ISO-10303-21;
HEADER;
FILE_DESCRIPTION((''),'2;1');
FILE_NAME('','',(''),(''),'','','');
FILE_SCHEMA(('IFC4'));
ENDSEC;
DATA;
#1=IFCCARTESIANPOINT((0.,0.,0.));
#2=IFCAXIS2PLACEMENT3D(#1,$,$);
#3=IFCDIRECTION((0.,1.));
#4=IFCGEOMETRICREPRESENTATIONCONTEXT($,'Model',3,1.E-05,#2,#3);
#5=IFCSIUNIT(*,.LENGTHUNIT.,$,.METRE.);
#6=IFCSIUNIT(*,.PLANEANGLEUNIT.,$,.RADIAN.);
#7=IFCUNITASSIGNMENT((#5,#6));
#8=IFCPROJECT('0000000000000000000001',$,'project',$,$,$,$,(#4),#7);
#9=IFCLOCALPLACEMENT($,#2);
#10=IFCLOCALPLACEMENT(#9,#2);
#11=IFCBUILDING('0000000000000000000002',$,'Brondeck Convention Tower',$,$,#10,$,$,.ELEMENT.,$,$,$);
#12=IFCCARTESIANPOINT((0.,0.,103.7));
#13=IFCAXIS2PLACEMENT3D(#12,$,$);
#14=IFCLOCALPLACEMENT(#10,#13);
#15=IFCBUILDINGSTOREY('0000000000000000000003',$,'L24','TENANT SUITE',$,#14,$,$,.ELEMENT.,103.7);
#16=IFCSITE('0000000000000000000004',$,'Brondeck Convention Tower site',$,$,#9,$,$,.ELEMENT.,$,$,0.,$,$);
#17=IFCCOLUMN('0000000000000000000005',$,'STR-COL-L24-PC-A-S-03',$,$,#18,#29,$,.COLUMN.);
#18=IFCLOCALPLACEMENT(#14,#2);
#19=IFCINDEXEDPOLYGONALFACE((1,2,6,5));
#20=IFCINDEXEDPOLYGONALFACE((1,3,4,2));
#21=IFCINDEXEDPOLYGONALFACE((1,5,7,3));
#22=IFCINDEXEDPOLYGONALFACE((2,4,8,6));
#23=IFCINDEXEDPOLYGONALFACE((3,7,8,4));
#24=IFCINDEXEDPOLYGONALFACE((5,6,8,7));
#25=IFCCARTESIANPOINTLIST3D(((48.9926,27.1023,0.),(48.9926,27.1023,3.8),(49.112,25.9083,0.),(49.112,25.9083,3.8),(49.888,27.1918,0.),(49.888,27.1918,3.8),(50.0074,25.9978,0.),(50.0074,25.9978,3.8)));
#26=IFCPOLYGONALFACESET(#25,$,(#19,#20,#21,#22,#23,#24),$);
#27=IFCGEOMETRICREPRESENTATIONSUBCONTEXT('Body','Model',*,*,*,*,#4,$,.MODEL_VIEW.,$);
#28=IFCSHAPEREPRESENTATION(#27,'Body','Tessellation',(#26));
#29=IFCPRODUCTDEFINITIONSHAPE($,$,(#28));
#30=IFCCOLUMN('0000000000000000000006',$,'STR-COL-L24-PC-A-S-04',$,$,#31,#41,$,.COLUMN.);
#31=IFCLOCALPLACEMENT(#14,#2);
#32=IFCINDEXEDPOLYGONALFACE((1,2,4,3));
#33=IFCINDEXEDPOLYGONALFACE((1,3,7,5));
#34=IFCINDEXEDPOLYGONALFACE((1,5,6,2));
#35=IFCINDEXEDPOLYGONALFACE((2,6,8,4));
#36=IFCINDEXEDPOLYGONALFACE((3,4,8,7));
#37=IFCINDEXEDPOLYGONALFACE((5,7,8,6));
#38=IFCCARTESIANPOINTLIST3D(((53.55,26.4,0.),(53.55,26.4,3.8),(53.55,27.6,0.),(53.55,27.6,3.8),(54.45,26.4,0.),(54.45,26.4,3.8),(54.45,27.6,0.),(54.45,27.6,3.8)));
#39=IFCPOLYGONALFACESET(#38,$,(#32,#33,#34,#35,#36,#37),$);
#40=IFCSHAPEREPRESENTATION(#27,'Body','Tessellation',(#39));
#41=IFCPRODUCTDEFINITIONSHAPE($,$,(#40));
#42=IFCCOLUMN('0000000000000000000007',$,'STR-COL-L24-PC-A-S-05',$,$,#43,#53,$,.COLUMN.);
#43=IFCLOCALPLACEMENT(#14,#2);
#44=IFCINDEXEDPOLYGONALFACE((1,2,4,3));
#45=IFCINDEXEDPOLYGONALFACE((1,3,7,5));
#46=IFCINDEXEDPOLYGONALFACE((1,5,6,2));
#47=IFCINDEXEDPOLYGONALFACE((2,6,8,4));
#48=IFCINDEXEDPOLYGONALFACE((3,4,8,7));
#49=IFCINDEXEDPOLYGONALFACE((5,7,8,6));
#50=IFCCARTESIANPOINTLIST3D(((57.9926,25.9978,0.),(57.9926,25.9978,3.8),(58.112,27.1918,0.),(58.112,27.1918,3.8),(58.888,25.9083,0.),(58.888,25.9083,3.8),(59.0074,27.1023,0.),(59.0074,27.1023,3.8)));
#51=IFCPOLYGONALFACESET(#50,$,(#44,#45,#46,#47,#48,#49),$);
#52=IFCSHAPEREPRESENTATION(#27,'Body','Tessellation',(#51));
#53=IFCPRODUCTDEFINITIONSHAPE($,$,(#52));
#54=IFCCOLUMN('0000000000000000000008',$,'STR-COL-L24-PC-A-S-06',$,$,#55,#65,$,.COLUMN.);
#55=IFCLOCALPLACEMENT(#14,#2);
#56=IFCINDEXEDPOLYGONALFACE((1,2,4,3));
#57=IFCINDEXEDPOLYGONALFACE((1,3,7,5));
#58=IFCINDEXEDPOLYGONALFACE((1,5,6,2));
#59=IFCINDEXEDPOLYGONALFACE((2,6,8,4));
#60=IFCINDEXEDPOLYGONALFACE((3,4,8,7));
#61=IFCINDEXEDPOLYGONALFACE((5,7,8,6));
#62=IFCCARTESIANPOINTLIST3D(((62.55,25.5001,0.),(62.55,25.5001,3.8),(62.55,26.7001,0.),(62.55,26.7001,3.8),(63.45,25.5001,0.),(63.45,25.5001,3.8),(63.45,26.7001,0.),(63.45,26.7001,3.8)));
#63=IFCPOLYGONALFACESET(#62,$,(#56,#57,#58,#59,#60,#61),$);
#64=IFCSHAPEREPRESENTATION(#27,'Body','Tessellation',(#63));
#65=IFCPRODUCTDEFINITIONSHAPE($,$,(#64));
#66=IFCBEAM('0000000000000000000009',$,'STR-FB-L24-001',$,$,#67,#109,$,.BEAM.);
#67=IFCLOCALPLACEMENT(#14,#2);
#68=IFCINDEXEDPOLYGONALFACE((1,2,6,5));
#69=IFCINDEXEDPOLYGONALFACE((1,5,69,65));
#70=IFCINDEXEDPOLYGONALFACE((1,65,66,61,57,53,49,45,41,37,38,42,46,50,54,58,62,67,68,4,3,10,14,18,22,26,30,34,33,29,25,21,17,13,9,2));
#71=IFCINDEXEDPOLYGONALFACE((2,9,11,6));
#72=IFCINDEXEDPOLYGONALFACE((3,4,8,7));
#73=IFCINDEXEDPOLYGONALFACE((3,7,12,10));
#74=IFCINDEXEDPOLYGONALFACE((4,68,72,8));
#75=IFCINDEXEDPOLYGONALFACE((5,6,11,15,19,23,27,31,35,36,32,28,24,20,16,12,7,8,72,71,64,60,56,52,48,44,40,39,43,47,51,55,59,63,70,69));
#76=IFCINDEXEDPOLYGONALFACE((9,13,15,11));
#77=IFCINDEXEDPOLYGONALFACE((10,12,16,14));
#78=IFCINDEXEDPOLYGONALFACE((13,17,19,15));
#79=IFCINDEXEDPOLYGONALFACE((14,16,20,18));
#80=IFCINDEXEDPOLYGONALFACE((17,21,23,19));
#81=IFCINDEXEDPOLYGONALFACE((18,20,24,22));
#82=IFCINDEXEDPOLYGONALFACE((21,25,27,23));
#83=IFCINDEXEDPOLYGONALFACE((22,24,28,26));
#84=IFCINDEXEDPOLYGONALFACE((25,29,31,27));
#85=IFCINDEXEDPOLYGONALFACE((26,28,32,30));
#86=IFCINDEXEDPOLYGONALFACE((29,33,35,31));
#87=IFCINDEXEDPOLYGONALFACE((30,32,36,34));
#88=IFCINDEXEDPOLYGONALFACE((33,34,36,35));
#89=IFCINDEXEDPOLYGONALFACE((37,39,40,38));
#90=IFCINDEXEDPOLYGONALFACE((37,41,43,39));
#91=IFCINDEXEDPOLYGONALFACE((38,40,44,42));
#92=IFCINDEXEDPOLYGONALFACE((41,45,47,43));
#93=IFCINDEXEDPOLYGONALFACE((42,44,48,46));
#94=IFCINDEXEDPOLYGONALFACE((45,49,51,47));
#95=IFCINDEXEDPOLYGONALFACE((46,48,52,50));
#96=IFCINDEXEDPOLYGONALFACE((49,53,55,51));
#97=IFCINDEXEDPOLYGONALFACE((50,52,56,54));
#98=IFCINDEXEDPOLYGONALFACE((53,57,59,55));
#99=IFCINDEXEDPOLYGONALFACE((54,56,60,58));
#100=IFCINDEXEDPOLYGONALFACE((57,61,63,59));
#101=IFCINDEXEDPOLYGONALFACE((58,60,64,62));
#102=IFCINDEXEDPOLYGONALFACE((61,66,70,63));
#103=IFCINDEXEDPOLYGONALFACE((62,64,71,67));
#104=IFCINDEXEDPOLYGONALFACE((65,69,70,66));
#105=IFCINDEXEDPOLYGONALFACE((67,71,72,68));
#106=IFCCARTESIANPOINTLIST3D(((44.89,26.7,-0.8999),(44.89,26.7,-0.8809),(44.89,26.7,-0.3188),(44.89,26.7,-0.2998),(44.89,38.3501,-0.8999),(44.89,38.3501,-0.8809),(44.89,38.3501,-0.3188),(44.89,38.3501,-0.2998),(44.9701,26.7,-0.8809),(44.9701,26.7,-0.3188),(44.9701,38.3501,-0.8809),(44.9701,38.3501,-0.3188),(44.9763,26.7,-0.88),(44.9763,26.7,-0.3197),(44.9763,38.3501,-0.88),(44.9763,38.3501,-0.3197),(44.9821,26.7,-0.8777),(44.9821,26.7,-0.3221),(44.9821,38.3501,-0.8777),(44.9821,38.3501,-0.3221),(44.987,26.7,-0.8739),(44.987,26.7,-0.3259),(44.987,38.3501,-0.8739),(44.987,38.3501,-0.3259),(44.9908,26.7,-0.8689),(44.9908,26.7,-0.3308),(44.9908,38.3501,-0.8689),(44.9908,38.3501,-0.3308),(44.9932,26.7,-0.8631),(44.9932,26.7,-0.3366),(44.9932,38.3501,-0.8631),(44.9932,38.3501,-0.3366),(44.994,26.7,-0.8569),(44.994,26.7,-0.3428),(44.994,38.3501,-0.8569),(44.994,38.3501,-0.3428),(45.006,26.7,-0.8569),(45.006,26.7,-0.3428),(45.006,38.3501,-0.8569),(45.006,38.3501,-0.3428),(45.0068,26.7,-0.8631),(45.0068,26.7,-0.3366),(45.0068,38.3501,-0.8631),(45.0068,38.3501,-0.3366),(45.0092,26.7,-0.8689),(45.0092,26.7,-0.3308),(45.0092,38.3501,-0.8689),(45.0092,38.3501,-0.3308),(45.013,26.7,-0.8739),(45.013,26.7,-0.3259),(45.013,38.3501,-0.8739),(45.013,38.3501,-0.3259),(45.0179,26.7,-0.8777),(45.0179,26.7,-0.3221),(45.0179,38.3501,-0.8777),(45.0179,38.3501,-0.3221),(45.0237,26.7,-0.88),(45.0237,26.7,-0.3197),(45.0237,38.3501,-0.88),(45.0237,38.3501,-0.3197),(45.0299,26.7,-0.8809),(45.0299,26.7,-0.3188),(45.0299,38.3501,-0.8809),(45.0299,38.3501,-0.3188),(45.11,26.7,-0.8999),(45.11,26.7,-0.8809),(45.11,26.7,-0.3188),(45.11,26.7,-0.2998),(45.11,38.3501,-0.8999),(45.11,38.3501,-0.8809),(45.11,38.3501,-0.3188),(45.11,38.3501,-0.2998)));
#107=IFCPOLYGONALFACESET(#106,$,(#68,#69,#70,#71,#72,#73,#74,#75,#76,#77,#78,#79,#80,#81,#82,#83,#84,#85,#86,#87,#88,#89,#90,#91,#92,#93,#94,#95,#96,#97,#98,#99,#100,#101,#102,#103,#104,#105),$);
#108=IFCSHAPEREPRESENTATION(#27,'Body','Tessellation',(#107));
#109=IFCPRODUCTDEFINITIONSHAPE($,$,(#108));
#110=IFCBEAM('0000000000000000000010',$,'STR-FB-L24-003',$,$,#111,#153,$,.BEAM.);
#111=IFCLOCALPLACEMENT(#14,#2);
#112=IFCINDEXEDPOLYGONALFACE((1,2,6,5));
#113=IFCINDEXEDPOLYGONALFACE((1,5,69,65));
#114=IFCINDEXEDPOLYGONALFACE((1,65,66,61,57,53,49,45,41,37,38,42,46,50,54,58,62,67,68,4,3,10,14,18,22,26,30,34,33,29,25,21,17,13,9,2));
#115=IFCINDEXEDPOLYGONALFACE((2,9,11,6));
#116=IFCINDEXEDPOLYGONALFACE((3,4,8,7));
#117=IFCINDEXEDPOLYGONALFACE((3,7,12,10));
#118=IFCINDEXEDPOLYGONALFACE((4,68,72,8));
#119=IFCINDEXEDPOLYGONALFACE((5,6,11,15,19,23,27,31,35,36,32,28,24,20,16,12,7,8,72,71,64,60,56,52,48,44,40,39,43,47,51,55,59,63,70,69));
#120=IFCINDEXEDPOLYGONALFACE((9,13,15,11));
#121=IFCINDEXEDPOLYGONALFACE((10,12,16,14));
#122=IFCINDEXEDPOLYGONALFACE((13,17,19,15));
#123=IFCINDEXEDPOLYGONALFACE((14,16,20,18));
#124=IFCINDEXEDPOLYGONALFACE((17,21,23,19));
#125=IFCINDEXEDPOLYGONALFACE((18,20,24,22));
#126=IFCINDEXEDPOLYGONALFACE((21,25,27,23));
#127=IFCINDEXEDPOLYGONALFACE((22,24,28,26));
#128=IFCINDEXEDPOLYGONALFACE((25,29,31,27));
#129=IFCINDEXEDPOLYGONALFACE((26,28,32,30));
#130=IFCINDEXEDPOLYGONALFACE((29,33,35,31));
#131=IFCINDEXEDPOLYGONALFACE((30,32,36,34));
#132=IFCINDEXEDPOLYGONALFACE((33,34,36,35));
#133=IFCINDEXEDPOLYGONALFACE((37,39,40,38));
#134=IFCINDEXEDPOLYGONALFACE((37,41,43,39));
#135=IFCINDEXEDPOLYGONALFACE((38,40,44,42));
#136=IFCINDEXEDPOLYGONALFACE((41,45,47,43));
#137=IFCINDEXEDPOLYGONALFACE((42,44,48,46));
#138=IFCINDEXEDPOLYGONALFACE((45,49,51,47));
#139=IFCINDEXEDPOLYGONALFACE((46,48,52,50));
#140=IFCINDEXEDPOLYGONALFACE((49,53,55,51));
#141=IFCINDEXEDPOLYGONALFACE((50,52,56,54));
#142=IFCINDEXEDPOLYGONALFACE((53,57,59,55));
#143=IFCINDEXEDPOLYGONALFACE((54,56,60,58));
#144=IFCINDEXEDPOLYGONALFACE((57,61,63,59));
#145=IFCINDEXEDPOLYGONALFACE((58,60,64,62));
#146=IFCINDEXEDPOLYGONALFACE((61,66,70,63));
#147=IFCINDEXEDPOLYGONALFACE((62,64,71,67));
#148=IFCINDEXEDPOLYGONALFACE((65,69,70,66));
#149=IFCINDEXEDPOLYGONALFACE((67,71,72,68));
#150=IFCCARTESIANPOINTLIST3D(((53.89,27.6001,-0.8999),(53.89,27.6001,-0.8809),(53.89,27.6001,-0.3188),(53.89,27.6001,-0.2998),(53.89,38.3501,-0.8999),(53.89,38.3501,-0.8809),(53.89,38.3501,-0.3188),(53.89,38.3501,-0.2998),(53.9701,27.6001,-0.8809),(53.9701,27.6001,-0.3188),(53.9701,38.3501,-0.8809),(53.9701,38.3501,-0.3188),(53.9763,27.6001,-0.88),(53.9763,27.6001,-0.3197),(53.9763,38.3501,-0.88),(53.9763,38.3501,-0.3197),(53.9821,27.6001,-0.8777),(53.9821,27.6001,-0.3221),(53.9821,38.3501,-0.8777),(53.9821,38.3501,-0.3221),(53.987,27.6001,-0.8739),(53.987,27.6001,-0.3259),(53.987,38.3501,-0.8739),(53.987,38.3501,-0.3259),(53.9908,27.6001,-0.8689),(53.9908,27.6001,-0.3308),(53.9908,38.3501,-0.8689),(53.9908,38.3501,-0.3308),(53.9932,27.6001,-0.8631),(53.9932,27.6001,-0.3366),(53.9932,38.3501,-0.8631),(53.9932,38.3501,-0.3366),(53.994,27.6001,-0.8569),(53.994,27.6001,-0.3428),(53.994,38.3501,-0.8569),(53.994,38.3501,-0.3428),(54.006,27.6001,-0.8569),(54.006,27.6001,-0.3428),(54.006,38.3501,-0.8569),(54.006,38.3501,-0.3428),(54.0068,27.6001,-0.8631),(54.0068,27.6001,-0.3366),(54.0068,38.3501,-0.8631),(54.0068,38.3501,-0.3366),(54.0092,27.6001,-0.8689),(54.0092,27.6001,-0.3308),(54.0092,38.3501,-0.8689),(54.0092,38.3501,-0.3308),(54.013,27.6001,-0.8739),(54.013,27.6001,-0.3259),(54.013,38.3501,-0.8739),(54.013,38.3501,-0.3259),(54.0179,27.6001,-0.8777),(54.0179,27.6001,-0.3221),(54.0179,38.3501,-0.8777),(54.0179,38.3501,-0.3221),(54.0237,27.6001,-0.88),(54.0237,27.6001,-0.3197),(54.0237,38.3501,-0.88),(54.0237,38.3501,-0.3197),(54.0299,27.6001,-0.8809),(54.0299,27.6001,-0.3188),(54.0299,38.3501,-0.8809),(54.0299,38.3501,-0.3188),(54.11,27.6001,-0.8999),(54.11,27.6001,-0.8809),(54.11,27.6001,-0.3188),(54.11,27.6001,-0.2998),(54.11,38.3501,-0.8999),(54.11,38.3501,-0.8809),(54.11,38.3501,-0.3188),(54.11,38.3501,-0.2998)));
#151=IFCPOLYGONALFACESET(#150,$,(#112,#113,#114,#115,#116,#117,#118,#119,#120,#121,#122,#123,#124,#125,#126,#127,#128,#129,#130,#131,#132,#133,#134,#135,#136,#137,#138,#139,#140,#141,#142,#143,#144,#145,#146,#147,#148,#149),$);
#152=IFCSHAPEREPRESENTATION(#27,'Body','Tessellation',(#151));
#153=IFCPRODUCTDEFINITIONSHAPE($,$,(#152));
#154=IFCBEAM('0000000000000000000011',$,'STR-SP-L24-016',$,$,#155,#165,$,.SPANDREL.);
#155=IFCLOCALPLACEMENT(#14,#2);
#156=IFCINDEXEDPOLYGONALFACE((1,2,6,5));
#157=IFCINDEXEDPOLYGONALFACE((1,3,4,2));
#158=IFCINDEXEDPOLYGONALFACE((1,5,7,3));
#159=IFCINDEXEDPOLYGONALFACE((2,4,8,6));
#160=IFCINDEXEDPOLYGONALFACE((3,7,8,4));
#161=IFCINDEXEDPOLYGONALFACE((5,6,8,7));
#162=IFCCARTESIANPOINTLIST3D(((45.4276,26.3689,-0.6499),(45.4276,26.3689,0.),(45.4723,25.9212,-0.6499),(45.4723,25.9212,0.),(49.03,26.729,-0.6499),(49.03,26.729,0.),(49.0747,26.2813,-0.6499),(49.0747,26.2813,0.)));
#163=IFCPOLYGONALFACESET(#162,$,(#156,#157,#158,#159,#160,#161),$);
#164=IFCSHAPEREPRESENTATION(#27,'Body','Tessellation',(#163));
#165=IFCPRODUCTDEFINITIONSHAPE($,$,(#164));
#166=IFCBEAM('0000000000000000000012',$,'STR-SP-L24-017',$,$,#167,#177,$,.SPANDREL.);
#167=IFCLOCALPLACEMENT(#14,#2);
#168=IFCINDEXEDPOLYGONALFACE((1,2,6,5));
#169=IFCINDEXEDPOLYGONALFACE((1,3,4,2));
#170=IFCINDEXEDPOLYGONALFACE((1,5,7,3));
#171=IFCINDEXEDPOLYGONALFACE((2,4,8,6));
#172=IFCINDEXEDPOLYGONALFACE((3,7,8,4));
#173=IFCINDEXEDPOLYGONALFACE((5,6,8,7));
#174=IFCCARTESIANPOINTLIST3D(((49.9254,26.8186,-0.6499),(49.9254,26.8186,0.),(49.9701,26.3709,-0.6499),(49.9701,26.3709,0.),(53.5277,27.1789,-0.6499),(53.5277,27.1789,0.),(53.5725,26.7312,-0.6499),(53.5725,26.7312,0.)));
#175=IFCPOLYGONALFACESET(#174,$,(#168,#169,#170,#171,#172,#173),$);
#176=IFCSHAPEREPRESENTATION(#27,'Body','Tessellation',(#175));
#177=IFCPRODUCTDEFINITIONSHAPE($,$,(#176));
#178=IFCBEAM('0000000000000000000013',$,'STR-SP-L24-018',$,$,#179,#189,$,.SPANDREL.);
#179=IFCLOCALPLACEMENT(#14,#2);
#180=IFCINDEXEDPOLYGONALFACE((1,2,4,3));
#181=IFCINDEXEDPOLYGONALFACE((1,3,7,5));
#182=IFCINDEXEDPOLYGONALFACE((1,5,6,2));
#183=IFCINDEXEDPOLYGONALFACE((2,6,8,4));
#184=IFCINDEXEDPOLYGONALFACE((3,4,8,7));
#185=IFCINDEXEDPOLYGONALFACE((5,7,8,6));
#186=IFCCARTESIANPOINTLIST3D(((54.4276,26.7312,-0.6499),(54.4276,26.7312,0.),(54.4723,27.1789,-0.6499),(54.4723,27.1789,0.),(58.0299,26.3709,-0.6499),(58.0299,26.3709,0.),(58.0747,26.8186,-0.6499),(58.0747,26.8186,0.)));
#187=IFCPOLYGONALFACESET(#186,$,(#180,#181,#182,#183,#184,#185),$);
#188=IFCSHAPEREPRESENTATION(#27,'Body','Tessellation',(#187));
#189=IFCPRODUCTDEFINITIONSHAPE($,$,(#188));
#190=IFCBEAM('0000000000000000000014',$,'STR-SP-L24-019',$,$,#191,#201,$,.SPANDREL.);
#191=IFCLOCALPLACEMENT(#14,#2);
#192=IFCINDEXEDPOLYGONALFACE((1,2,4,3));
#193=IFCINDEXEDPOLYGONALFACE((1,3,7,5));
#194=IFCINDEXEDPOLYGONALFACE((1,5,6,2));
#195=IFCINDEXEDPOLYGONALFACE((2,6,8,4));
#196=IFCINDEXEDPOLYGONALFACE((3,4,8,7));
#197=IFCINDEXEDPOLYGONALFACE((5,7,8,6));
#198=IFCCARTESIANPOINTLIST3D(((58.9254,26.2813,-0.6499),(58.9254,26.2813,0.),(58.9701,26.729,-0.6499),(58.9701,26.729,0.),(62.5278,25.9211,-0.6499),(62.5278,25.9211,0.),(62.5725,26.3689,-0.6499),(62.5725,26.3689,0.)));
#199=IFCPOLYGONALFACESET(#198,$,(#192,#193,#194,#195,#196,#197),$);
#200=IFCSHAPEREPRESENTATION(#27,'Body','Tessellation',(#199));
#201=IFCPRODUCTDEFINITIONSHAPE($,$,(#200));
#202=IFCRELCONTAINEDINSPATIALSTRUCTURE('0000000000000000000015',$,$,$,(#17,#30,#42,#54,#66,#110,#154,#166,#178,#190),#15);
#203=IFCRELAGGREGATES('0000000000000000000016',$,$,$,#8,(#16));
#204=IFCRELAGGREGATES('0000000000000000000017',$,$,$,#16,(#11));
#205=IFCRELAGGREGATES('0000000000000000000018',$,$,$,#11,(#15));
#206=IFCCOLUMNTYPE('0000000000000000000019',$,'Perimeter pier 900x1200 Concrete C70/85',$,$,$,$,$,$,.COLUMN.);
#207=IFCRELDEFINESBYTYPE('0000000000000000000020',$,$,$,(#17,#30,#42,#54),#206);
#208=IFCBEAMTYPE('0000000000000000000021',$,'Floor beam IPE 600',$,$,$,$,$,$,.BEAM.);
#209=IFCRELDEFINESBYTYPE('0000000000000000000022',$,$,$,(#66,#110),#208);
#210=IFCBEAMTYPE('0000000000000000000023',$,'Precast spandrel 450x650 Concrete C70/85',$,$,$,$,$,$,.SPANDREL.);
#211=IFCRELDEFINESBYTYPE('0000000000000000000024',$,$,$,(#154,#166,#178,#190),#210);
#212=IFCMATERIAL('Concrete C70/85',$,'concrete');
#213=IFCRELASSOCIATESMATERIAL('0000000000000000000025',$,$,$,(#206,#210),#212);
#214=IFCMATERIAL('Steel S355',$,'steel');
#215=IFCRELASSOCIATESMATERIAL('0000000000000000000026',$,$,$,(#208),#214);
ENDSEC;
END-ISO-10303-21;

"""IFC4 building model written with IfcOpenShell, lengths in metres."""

from ifc_helpers import new_model, si_unit, direction, frame, origin, origin_2d, place, context, subcontext, project, spatial, rectangle, i_section, extrude, material, material_profile, profile_set, type_object, element, save


model = new_model("IFC4")

# Units and contexts
model_context = context("Model", 3, precision=1e-05, world=origin(), true_north=direction((0.0, 1.0)))
body_context = subcontext(model_context, "Body", "Model", "MODEL_VIEW")
ifc_project = project(units=[si_unit("LENGTHUNIT", "METRE"), si_unit("PLANEANGLEUNIT", "RADIAN")], contexts=[model_context])

# Site, building, storey
site_placement = place(None, origin())
site = spatial("IfcSite", under=ifc_project, at=site_placement, Name="Brondeck Convention Tower site", CompositionType="ELEMENT", RefElevation=0.0)
building_placement = place(site_placement, origin())
building = spatial("IfcBuilding", under=site, at=building_placement, Name="Brondeck Convention Tower", CompositionType="ELEMENT")
storey_placement = place(building_placement, frame((0.0, 0.0, 103.7)))
storey = spatial("IfcBuildingStorey", under=building, at=storey_placement, Name="L24", Description="TENANT SUITE", CompositionType="ELEMENT", Elevation=103.7)

# Columns
ifc_material_1 = material(Name="Concrete C70/85", Category="concrete")
ifc_material_profile_1 = material_profile(ifc_material_1, rectangle(XDim=0.8999, YDim=1.2, at=origin_2d()), Name="Perimeter pier 900x1200 Concrete C70/85")
ifc_profile_set_1 = profile_set([ifc_material_profile_1], Name="Concrete C70/85")
column_type = type_object("IfcColumnType", Name="Perimeter pier 900x1200 Concrete C70/85", PredefinedType="COLUMN", material=ifc_profile_set_1)
for number, where, z_axis, x_axis, name in (
    (1, (49.5, 26.55, 0.0), (0.0, 0.0, 1.0), (0.995037, 0.099504, 0.0), "STR-COL-L24-PC-A-S-03"),
    (2, (54.0, 27.0, 0.0), (0.0, 0.0, 1.0), (1.0, 0.0, 0.0), "STR-COL-L24-PC-A-S-04"),
    (3, (58.5, 26.55, 0.0), (0.0, 0.0, 1.0), (0.995037, -0.099504, 0.0), "STR-COL-L24-PC-A-S-05"),
    (4, (63.0, 26.1001, 0.0), (0.0, 0.0, 1.0), (1.0, 0.0, 0.0), "STR-COL-L24-PC-A-S-06"),
):
    element("IfcColumn", number, at=place(storey_placement, frame(where, z_axis=z_axis, x_axis=x_axis)), inside=storey, type_object=column_type, Name=name, PredefinedType="COLUMN", context=body_context, shape_type="SweptSolid", body=[
        extrude(rectangle(XDim=0.8999, YDim=1.2, at=origin_2d()), origin(), (0.0, 0.0, 1.0), 3.8),
    ])

# Beams
ifc_material_2 = material(Name="Steel S355", Category="steel")
ifc_material_profile_2 = material_profile(ifc_material_2, i_section(OverallWidth=0.22, OverallDepth=0.6001, WebThickness=0.012, FlangeThickness=0.019, FilletRadius=0.0239, at=origin_2d()), Name="IPE 600")
ifc_profile_set_2 = profile_set([ifc_material_profile_2], Name="Steel S355")
beam_type_1 = type_object("IfcBeamType", Name="Floor beam IPE 600", PredefinedType="BEAM", material=ifc_profile_set_2)
beam_1_placement = place(storey_placement, frame((45.0, 26.7, -0.5999), z_axis=(0.0, 1.0, 0.0), x_axis=(-1.0, 0.0, 0.0)))
element("IfcBeam", 5, at=beam_1_placement, inside=storey, type_object=beam_type_1, Name="STR-FB-L24-001", PredefinedType="BEAM", context=body_context, shape_type="SweptSolid", body=[
    extrude(i_section(OverallWidth=0.22, OverallDepth=0.6001, WebThickness=0.012, FlangeThickness=0.019, FilletRadius=0.0239, at=origin_2d()), origin(), (0.0, 0.0, 1.0), 11.6501),
])
beam_2_placement = place(storey_placement, frame((54.0, 27.6001, -0.5999), z_axis=(0.0, 1.0, 0.0), x_axis=(-1.0, 0.0, 0.0)))
element("IfcBeam", 6, at=beam_2_placement, inside=storey, type_object=beam_type_1, Name="STR-FB-L24-003", PredefinedType="BEAM", context=body_context, shape_type="SweptSolid", body=[
    extrude(i_section(OverallWidth=0.22, OverallDepth=0.6001, WebThickness=0.012, FlangeThickness=0.019, FilletRadius=0.0239, at=origin_2d()), origin(), (0.0, 0.0, 1.0), 10.75),
])
ifc_material_profile_3 = material_profile(ifc_material_1, rectangle(XDim=0.45, YDim=0.6499, at=origin_2d()), Name="Precast spandrel 450x650 Concrete C70/85")
ifc_profile_set_3 = profile_set([ifc_material_profile_3], Name="Concrete C70/85")
beam_type_2 = type_object("IfcBeamType", Name="Precast spandrel 450x650 Concrete C70/85", PredefinedType="SPANDREL", material=ifc_profile_set_3)
for number, where, z_axis, x_axis, name in (
    (7, (45.45, 26.145, -0.325), (0.995041, 0.09947, 0.0), (-0.09947, 0.995041, 0.0), "STR-SP-L24-016"),
    (8, (49.9478, 26.5947, -0.325), (0.995034, 0.099537, 0.0), (-0.099537, 0.995034, 0.0), "STR-SP-L24-017"),
    (9, (54.45, 26.9551, -0.325), (0.995034, -0.099537, 0.0), (0.099537, 0.995034, 0.0), "STR-SP-L24-018"),
    (10, (58.9478, 26.5051, -0.325), (0.995041, -0.09947, 0.0), (0.09947, 0.995041, 0.0), "STR-SP-L24-019"),
):
    element("IfcBeam", number, at=place(storey_placement, frame(where, z_axis=z_axis, x_axis=x_axis)), inside=storey, type_object=beam_type_2, Name=name, PredefinedType="SPANDREL", context=body_context, shape_type="SweptSolid", body=[
        extrude(rectangle(XDim=0.45, YDim=0.6499, at=origin_2d()), origin(), (0.0, 0.0, 1.0), 3.6204),
    ])

save(model, "model.ifc")
